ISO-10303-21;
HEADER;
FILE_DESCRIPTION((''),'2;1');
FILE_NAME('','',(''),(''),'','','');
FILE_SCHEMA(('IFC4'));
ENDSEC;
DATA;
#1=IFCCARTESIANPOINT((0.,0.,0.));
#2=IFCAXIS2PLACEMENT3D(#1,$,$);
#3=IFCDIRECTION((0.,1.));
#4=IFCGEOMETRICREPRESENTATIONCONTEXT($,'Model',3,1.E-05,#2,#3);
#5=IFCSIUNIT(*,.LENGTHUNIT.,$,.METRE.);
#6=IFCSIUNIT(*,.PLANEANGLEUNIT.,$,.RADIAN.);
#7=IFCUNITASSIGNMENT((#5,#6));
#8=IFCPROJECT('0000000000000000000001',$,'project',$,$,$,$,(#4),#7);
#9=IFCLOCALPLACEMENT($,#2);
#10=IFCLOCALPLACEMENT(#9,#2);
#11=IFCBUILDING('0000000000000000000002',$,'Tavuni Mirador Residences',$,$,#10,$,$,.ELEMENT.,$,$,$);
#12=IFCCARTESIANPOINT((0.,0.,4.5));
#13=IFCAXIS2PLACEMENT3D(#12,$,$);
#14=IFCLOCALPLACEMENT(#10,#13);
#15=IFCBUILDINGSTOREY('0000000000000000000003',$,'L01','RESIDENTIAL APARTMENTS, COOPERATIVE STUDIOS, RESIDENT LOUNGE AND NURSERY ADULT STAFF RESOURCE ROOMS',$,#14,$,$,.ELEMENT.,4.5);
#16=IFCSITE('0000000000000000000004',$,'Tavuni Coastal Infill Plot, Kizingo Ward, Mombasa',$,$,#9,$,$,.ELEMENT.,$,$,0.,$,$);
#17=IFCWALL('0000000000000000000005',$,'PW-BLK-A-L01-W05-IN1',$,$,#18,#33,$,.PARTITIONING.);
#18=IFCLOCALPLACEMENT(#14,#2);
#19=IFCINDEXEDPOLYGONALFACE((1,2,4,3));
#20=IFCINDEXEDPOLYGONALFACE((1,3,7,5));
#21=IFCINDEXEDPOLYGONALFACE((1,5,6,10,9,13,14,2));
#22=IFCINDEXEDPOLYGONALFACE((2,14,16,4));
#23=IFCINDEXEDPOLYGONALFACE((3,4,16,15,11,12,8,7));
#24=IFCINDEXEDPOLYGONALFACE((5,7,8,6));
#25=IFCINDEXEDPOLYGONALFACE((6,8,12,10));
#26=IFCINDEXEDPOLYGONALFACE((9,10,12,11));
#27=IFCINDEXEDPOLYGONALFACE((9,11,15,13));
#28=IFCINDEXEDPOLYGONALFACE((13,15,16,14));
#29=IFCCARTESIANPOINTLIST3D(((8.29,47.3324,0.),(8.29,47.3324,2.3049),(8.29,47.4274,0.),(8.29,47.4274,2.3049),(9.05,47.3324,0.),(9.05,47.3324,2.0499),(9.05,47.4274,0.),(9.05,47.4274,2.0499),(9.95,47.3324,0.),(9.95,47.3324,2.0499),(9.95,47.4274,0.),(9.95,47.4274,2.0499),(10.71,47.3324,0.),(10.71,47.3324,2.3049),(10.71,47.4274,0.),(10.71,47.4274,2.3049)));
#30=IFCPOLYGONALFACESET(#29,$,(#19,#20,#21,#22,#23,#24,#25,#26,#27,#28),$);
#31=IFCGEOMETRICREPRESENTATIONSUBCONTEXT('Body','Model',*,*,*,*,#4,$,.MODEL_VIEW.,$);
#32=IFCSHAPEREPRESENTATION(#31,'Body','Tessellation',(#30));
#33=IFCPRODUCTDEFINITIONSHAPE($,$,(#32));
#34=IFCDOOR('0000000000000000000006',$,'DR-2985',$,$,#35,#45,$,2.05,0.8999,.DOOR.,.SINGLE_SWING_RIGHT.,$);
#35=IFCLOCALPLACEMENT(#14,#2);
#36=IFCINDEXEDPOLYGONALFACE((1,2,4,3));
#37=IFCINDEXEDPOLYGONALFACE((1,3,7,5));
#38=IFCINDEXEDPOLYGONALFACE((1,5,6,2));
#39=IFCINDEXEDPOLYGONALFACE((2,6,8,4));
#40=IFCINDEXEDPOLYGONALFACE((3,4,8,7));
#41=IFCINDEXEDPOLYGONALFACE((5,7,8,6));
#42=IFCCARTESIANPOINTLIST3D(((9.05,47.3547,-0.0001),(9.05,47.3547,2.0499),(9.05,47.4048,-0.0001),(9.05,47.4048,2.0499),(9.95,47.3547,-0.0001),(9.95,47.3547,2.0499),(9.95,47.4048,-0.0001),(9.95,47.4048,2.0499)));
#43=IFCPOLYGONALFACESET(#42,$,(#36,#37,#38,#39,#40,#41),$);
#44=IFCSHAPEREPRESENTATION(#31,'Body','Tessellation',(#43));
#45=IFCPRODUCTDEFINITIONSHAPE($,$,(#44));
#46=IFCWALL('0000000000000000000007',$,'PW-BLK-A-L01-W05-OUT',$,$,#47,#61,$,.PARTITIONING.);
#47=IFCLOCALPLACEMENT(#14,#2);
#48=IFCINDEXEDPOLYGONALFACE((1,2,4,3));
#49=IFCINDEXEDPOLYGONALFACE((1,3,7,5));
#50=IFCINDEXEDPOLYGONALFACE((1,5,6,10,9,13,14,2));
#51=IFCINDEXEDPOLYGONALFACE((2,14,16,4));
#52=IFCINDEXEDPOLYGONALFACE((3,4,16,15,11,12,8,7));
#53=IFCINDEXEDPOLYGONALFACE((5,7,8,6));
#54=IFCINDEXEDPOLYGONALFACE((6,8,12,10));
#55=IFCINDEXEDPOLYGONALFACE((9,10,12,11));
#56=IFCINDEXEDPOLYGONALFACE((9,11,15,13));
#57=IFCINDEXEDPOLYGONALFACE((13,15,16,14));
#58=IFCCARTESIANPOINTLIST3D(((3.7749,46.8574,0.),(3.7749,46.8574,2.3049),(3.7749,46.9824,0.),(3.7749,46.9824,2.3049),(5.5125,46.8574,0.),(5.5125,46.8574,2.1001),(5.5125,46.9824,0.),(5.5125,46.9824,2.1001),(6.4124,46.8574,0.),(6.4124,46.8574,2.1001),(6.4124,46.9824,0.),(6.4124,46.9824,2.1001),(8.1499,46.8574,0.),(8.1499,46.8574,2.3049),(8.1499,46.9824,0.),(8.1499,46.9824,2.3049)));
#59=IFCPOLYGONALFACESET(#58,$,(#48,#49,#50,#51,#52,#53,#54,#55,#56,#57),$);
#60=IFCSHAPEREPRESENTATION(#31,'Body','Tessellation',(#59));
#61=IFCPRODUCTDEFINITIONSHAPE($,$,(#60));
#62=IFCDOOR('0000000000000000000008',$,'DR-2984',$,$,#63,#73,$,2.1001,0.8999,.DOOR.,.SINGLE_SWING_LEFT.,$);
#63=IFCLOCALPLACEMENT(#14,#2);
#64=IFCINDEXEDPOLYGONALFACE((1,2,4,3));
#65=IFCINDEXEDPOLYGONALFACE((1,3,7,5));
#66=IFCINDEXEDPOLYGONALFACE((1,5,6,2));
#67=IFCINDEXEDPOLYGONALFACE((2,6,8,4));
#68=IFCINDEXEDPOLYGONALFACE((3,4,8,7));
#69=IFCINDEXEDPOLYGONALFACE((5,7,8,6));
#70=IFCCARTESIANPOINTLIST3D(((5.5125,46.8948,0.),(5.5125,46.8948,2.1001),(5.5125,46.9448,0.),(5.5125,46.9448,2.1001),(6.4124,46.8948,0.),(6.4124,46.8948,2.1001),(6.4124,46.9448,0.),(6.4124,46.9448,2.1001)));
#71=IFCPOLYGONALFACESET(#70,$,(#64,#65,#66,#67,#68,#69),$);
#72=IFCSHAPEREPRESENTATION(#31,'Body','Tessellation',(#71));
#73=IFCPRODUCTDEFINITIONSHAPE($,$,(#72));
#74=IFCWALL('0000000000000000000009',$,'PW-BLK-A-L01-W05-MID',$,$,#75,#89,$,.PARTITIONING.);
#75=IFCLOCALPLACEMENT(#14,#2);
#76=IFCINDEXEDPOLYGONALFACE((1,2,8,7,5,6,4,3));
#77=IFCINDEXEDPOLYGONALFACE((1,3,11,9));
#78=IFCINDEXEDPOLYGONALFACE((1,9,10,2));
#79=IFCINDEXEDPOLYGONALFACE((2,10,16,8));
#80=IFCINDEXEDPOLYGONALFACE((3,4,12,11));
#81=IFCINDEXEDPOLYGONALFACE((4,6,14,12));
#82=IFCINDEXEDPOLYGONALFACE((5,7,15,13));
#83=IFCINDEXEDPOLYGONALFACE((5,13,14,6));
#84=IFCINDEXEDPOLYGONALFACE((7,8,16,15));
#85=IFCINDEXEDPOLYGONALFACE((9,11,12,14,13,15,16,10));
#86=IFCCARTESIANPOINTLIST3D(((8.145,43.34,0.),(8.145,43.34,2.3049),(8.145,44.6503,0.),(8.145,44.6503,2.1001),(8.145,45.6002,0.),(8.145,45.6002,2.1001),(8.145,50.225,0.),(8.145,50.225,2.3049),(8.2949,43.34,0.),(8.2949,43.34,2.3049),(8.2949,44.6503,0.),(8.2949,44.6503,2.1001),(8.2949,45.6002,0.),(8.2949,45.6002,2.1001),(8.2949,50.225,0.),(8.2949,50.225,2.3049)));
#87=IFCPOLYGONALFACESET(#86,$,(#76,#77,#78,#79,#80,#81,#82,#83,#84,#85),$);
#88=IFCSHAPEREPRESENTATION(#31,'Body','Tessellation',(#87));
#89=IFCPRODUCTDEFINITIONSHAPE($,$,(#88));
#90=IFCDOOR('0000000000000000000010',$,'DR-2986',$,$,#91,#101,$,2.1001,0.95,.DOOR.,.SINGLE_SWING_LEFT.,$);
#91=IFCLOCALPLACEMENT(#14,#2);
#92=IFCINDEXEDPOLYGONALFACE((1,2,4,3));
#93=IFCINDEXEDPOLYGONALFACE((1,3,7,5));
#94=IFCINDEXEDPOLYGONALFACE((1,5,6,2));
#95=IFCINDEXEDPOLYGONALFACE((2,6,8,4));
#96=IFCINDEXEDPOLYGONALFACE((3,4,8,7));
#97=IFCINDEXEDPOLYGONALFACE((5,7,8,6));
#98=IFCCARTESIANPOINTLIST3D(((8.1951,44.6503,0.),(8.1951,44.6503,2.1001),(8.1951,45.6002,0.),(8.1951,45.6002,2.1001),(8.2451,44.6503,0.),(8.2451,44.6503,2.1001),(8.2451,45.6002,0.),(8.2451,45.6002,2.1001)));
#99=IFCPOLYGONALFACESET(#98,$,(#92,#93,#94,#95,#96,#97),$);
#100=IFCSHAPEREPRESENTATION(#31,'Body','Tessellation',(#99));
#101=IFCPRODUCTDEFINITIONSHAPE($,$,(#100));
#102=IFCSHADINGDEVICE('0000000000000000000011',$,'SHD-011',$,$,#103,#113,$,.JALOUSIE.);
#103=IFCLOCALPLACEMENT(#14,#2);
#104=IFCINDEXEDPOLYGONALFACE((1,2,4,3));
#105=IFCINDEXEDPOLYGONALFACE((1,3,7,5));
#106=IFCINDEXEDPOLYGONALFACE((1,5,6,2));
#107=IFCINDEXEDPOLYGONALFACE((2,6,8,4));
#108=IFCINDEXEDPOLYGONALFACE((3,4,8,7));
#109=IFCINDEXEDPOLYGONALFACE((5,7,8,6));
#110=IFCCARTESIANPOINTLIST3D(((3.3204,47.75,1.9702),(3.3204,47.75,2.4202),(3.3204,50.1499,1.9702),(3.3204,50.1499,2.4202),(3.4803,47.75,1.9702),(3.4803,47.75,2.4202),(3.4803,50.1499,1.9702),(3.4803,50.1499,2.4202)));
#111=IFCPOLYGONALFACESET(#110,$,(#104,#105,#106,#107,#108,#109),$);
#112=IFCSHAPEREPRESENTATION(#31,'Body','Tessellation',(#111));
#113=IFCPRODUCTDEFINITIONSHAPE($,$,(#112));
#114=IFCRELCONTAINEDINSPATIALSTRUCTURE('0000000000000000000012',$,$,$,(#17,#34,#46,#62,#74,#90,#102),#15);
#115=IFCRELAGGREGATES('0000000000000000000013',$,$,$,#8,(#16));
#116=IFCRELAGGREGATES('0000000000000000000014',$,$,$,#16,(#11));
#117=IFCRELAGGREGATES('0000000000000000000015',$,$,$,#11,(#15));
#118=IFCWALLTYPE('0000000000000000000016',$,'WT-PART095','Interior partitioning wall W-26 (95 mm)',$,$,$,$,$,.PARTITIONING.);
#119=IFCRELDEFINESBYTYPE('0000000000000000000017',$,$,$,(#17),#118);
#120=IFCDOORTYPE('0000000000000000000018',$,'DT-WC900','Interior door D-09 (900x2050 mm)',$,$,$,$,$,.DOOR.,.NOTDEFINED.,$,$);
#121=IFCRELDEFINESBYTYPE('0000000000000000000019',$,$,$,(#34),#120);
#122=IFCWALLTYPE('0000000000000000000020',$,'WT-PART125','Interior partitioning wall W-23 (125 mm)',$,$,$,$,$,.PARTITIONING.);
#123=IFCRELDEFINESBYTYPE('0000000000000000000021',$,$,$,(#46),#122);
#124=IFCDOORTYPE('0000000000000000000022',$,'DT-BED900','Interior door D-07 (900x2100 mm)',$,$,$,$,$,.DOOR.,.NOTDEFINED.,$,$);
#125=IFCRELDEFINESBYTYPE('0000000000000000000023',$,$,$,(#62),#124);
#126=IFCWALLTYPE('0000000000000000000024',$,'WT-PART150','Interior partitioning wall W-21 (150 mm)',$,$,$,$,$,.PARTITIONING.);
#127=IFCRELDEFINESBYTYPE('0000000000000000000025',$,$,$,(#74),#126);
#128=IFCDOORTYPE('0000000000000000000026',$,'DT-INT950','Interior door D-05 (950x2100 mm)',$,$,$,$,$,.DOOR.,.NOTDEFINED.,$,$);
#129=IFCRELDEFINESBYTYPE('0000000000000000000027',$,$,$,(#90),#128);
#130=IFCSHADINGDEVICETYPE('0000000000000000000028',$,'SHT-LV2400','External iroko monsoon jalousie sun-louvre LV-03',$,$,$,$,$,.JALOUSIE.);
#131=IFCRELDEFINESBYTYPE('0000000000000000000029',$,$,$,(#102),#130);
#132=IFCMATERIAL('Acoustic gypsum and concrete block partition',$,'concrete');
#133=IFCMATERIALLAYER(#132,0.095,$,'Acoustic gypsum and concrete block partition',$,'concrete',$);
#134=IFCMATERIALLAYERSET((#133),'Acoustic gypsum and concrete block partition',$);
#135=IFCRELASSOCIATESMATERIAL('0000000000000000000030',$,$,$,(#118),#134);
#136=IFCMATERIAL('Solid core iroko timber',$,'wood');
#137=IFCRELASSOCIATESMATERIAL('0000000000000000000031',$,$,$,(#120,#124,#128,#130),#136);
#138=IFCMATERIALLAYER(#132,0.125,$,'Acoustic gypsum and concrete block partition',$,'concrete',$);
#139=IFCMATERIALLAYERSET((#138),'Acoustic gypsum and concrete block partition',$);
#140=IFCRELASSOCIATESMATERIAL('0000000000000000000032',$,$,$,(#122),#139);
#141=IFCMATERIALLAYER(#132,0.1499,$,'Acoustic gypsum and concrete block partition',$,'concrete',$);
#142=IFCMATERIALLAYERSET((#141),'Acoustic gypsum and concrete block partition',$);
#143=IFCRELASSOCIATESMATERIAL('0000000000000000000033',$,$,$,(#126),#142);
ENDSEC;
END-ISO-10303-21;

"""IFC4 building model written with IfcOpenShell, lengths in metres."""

from ifc_helpers import new_model, si_unit, direction, frame, frame_2d, origin, origin_2d, place, context, subcontext, project, spatial, rectangle, extrude, material, layer, layer_set, type_object, element, fill, save


model = new_model("IFC4")

# Units and contexts
model_context = context("Model", 3, precision=1e-05, world=origin(), true_north=direction((0.0, 1.0)))
body_context = subcontext(model_context, "Body", "Model", "MODEL_VIEW")
ifc_project = project(units=[si_unit("LENGTHUNIT", "METRE"), si_unit("PLANEANGLEUNIT", "RADIAN")], contexts=[model_context])

# Site, building, storey
site_placement = place(None, origin())
site = spatial("IfcSite", under=ifc_project, at=site_placement, Name="Tavuni Coastal Infill Plot, Kizingo Ward, Mombasa", CompositionType="ELEMENT", RefElevation=0.0)
building_placement = place(site_placement, origin())
building = spatial("IfcBuilding", under=site, at=building_placement, Name="Tavuni Mirador Residences", CompositionType="ELEMENT")
storey_placement = place(building_placement, frame((0.0, 0.0, 4.5)))
storey = spatial("IfcBuildingStorey", under=building, at=storey_placement, Name="L01", Description="RESIDENTIAL APARTMENTS, COOPERATIVE STUDIOS, RESIDENT LOUNGE AND NURSERY ADULT STAFF RESOURCE ROOMS", CompositionType="ELEMENT", Elevation=4.5)

# Shared definitions
ifc_material_1 = material(Name="Solid core iroko timber", Category="wood")

# Walls, openings, doors
ifc_material_2 = material(Name="Acoustic gypsum and concrete block partition", Category="concrete")
ifc_layer_1 = layer(ifc_material_2, 0.095, Name="Acoustic gypsum and concrete block partition", Category="concrete")
ifc_layer_set_1 = layer_set([ifc_layer_1], Name="Acoustic gypsum and concrete block partition")
wall_type_1 = type_object("IfcWallType", Name="WT-PART095", Description="Interior partitioning wall W-26 (95 mm)", PredefinedType="PARTITIONING", material=ifc_layer_set_1)
wall_1_placement = place(storey_placement, frame((8.29, 47.3799, 0.0), z_axis=(0.0, 0.0, 1.0), x_axis=(1.0, 0.0, 0.0)))
wall_1 = element("IfcWall", 1, at=wall_1_placement, inside=storey, type_object=wall_type_1, Name="PW-BLK-A-L01-W05-IN1", PredefinedType="PARTITIONING", context=body_context, shape_type="SweptSolid", body=[
    extrude(rectangle(XDim=2.4199, YDim=0.095, at=frame_2d((1.21, 0.0))), origin(), (0.0, 0.0, 1.0), 2.3049),
])
opening_1_placement = place(wall_1_placement, frame((0.76, 0.0, 0.0)))
opening_1 = element("IfcOpeningElement", 2, at=opening_1_placement, cuts=wall_1, PredefinedType="OPENING", context=body_context, shape_type="SweptSolid", body=[
    extrude(rectangle(XDim=0.8999, YDim=2.05, at=frame_2d((0.45, 1.0249))), frame((0.0, 0.0576, 0.0), z_axis=(0.0, -1.0, 0.0), x_axis=(1.0, 0.0, 0.0)), (0.0, 0.0, 1.0), 0.115),
])
door_type_1 = type_object("IfcDoorType", Name="DT-WC900", Description="Interior door D-09 (900x2050 mm)", OperationType="NOTDEFINED", PredefinedType="DOOR", material=ifc_material_1)
door_1_placement = place(opening_1_placement, origin())
door_1 = element("IfcDoor", 3, at=door_1_placement, inside=storey, type_object=door_type_1, Name="DR-2985", OperationType="SINGLE_SWING_RIGHT", OverallHeight=2.05, OverallWidth=0.8999, PredefinedType="DOOR", context=body_context, shape_type="SweptSolid", body=[
    extrude(rectangle(XDim=0.8999, YDim=2.05, at=frame_2d((0.45, 1.0249))), frame((0.0, 0.0249, 0.0), z_axis=(0.0, -1.0, 0.0), x_axis=(1.0, 0.0, 0.0)), (0.0, 0.0, 1.0), 0.05),
])
fill(opening_1, door_1)
ifc_layer_2 = layer(ifc_material_2, 0.125, Name="Acoustic gypsum and concrete block partition", Category="concrete")
ifc_layer_set_2 = layer_set([ifc_layer_2], Name="Acoustic gypsum and concrete block partition")
wall_type_2 = type_object("IfcWallType", Name="WT-PART125", Description="Interior partitioning wall W-23 (125 mm)", PredefinedType="PARTITIONING", material=ifc_layer_set_2)
wall_2_placement = place(storey_placement, frame((3.7749, 46.9199, 0.0), z_axis=(0.0, 0.0, 1.0), x_axis=(1.0, 0.0, 0.0)))
wall_2 = element("IfcWall", 4, at=wall_2_placement, inside=storey, type_object=wall_type_2, Name="PW-BLK-A-L01-W05-OUT", PredefinedType="PARTITIONING", context=body_context, shape_type="SweptSolid", body=[
    extrude(rectangle(XDim=4.375, YDim=0.125, at=frame_2d((2.1875, 0.0))), origin(), (0.0, 0.0, 1.0), 2.3049),
])
opening_2_placement = place(wall_2_placement, frame((1.7375, 0.0, 0.0)))
opening_2 = element("IfcOpeningElement", 5, at=opening_2_placement, cuts=wall_2, PredefinedType="OPENING", context=body_context, shape_type="SweptSolid", body=[
    extrude(rectangle(XDim=0.8999, YDim=2.1001, at=frame_2d((0.45, 1.05))), frame((0.0, 0.0725, 0.0), z_axis=(0.0, -1.0, 0.0), x_axis=(1.0, 0.0, 0.0)), (0.0, 0.0, 1.0), 0.145),
])
door_type_2 = type_object("IfcDoorType", Name="DT-BED900", Description="Interior door D-07 (900x2100 mm)", OperationType="NOTDEFINED", PredefinedType="DOOR", material=ifc_material_1)
door_2_placement = place(opening_2_placement, origin())
door_2 = element("IfcDoor", 6, at=door_2_placement, inside=storey, type_object=door_type_2, Name="DR-2984", OperationType="SINGLE_SWING_LEFT", OverallHeight=2.1001, OverallWidth=0.8999, PredefinedType="DOOR", context=body_context, shape_type="SweptSolid", body=[
    extrude(rectangle(XDim=0.8999, YDim=2.1001, at=frame_2d((0.45, 1.05))), frame((0.0, 0.0249, 0.0), z_axis=(0.0, -1.0, 0.0), x_axis=(1.0, 0.0, 0.0)), (0.0, 0.0, 1.0), 0.05),
])
fill(opening_2, door_2)
ifc_layer_3 = layer(ifc_material_2, 0.1499, Name="Acoustic gypsum and concrete block partition", Category="concrete")
ifc_layer_set_3 = layer_set([ifc_layer_3], Name="Acoustic gypsum and concrete block partition")
wall_type_3 = type_object("IfcWallType", Name="WT-PART150", Description="Interior partitioning wall W-21 (150 mm)", PredefinedType="PARTITIONING", material=ifc_layer_set_3)
wall_3_placement = place(storey_placement, frame((8.22, 43.3401, 0.0), z_axis=(0.0, 0.0, 1.0), x_axis=(0.0, 1.0, 0.0)))
wall_3 = element("IfcWall", 7, at=wall_3_placement, inside=storey, type_object=wall_type_3, Name="PW-BLK-A-L01-W05-MID", PredefinedType="PARTITIONING", context=body_context, shape_type="SweptSolid", body=[
    extrude(rectangle(XDim=6.885, YDim=0.1499, at=frame_2d((3.4424, 0.0))), origin(), (0.0, 0.0, 1.0), 2.3049),
])
opening_3_placement = place(wall_3_placement, frame((1.3101, 0.0, 0.0)))
opening_3 = element("IfcOpeningElement", 8, at=opening_3_placement, cuts=wall_3, PredefinedType="OPENING", context=body_context, shape_type="SweptSolid", body=[
    extrude(rectangle(XDim=0.95, YDim=2.1001, at=frame_2d((0.4751, 1.05))), frame((0.0, 0.085, 0.0), z_axis=(0.0, -1.0, 0.0), x_axis=(1.0, 0.0, 0.0)), (0.0, 0.0, 1.0), 0.1699),
])
door_type_3 = type_object("IfcDoorType", Name="DT-INT950", Description="Interior door D-05 (950x2100 mm)", OperationType="NOTDEFINED", PredefinedType="DOOR", material=ifc_material_1)
door_3_placement = place(opening_3_placement, origin())
door_3 = element("IfcDoor", 9, at=door_3_placement, inside=storey, type_object=door_type_3, Name="DR-2986", OperationType="SINGLE_SWING_LEFT", OverallHeight=2.1001, OverallWidth=0.95, PredefinedType="DOOR", context=body_context, shape_type="SweptSolid", body=[
    extrude(rectangle(XDim=0.95, YDim=2.1001, at=frame_2d((0.4751, 1.05))), frame((0.0, 0.0249, 0.0), z_axis=(0.0, -1.0, 0.0), x_axis=(1.0, 0.0, 0.0)), (0.0, 0.0, 1.0), 0.05),
])
fill(opening_3, door_3)

# Shading device
shading_device_type = type_object("IfcShadingDeviceType", Name="SHT-LV2400", Description="External iroko monsoon jalousie sun-louvre LV-03", PredefinedType="JALOUSIE", material=ifc_material_1)
shading_device_placement = place(storey_placement, frame((3.4004, 48.95, 1.9702), z_axis=(0.0, 0.0, 1.0), x_axis=(0.0, -1.0, 0.0)))
element("IfcShadingDevice", 10, at=shading_device_placement, inside=storey, type_object=shading_device_type, Name="SHD-011", PredefinedType="JALOUSIE", context=body_context, shape_type="SweptSolid", body=[
    extrude(rectangle(XDim=2.3999, YDim=0.1599, at=origin_2d()), origin(), (0.0, 0.0, 1.0), 0.45),
])

save(model, "model.ifc")
